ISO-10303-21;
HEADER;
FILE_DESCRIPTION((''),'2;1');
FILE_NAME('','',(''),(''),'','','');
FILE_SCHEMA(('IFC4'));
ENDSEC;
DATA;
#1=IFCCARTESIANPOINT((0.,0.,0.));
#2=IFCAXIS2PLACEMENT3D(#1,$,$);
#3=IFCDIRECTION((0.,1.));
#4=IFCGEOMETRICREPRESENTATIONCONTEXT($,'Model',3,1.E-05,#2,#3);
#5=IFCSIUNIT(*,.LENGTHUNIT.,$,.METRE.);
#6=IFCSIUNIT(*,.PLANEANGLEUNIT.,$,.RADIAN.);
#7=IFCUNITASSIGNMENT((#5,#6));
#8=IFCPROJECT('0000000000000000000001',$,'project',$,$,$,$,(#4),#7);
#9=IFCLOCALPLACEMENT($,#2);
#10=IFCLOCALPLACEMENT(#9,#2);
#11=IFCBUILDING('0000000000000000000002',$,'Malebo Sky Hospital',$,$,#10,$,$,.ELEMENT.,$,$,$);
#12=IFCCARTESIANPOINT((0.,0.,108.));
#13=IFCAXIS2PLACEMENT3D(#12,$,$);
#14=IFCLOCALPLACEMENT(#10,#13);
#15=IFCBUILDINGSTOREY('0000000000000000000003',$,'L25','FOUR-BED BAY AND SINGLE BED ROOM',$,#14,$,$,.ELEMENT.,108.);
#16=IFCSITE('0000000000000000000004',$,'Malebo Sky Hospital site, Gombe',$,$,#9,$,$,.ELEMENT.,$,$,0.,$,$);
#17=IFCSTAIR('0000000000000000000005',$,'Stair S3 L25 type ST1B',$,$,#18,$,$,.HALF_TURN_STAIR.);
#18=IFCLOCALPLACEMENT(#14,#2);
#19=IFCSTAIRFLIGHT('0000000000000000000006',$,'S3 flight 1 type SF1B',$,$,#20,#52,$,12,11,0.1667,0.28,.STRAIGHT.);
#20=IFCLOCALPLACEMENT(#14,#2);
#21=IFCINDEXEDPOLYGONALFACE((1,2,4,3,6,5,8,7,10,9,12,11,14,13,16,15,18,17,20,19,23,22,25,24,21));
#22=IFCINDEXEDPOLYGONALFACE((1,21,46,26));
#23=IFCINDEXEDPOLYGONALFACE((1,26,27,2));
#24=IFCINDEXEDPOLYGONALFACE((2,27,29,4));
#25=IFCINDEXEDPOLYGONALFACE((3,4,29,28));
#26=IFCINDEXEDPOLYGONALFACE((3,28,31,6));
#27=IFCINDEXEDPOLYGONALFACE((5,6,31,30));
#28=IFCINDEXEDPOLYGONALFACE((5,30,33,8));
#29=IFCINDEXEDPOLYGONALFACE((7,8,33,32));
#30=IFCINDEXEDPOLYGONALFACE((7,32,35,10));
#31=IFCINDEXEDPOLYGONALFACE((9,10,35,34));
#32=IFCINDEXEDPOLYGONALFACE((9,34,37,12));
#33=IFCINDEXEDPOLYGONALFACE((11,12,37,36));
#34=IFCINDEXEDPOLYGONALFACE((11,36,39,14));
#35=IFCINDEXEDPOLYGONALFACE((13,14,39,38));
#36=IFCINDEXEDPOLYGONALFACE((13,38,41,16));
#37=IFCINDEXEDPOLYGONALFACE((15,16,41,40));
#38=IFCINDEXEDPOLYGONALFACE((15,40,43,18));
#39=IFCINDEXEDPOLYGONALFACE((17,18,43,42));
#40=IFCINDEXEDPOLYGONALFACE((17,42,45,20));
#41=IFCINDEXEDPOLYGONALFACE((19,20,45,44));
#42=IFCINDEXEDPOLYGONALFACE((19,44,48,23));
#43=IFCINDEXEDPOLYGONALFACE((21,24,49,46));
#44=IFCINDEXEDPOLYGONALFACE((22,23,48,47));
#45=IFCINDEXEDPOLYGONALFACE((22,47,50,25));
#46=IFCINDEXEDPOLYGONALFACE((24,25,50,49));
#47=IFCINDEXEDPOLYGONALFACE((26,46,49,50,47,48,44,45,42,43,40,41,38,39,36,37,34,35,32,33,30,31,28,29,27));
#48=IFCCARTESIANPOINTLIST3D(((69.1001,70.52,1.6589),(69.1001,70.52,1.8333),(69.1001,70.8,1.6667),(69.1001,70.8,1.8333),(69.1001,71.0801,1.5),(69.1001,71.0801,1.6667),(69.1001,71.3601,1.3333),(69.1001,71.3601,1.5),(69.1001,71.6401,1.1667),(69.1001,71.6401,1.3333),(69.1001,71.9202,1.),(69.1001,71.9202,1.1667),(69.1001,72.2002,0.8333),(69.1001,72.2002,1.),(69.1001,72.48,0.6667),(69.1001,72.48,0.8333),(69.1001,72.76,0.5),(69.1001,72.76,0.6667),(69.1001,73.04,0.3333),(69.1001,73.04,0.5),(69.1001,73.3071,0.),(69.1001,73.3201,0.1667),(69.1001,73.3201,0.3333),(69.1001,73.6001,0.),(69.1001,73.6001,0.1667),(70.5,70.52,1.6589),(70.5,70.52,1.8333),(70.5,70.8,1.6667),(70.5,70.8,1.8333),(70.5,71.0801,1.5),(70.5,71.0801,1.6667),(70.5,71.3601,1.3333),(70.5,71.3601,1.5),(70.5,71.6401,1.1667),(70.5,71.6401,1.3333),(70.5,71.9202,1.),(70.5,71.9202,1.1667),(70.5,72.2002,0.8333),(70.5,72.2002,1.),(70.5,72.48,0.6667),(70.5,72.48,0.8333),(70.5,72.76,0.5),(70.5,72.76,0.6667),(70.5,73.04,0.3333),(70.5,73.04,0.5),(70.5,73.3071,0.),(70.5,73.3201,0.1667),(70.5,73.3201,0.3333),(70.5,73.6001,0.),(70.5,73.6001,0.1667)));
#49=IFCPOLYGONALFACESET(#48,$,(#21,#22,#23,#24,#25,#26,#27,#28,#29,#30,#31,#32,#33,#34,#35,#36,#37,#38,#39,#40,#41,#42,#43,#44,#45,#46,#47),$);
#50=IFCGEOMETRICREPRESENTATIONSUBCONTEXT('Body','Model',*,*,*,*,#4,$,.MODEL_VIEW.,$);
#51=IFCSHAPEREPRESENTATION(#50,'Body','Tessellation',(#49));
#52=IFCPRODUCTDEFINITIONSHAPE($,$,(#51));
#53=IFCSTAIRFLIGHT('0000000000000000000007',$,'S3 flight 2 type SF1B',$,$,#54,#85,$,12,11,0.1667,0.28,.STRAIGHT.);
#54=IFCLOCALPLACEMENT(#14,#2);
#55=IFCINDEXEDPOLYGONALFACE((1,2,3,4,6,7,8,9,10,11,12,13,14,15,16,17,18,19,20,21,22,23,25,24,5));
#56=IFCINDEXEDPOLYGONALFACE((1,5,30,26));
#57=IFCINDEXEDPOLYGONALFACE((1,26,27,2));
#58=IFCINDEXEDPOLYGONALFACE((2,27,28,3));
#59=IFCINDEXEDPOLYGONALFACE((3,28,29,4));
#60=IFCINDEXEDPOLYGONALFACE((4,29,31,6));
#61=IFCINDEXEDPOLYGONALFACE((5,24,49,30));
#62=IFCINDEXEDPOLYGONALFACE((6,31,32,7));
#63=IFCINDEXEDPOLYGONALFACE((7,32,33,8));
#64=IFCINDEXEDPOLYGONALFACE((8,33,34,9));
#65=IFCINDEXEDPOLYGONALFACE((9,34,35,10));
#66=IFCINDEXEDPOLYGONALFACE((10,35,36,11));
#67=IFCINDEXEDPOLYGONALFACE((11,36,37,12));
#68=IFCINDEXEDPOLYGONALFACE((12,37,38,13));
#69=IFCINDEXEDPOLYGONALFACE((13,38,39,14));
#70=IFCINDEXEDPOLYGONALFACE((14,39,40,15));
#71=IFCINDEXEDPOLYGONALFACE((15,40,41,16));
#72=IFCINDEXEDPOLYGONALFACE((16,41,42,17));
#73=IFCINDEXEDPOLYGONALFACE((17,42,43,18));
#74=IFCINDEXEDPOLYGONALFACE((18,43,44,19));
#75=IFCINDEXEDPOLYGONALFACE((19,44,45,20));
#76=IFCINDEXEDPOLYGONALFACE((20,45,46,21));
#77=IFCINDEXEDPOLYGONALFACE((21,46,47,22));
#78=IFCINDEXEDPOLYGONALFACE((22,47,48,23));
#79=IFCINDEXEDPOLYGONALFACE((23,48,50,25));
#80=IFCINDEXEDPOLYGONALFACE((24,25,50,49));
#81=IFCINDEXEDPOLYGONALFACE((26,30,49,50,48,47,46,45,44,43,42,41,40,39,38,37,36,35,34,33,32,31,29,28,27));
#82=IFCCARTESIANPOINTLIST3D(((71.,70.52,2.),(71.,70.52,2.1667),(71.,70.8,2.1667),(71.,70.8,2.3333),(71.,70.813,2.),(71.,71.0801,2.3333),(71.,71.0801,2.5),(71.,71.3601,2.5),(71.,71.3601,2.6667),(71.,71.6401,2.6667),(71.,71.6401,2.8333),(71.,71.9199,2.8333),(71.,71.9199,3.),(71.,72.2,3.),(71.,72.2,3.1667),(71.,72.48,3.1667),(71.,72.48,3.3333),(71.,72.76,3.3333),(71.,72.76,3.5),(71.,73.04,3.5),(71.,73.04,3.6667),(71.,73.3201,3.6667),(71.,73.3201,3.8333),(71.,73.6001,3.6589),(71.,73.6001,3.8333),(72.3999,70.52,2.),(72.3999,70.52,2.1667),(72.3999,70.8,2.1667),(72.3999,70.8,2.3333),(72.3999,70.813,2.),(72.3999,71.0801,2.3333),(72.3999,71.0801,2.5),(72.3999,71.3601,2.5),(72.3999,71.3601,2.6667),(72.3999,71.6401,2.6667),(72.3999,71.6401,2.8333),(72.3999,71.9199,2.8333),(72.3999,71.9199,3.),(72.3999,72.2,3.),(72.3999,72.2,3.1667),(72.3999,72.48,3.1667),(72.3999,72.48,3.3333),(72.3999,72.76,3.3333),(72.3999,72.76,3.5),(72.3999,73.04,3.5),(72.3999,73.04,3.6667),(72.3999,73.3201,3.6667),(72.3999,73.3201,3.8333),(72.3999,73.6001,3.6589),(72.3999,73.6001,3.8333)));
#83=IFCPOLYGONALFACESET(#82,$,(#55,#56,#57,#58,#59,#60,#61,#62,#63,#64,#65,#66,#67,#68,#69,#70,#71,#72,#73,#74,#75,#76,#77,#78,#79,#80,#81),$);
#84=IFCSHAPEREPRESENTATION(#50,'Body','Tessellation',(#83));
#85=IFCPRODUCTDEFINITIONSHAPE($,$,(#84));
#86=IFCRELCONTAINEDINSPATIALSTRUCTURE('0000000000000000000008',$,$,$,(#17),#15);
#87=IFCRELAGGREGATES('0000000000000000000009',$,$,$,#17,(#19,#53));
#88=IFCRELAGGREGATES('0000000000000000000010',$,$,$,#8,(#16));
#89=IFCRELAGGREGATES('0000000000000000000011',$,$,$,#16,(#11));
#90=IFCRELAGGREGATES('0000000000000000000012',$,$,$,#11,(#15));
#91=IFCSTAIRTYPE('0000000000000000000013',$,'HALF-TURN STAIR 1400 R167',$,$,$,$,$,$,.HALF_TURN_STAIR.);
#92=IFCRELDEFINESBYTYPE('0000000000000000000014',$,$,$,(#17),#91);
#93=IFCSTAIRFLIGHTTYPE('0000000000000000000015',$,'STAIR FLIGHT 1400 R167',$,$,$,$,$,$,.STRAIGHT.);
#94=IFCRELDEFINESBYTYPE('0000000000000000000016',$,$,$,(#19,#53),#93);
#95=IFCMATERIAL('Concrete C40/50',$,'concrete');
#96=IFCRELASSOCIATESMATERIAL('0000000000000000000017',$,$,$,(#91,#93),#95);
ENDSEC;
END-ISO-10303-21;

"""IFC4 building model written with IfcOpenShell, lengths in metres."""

from ifc_helpers import new_model, si_unit, direction, frame, origin, place, context, subcontext, project, spatial, polyline, outline, extrude, material, type_object, element, aggregate, save


model = new_model("IFC4")

# Units and contexts
model_context = context("Model", 3, precision=1e-05, world=origin(), true_north=direction((0.0, 1.0)))
body_context = subcontext(model_context, "Body", "Model", "MODEL_VIEW")
ifc_project = project(units=[si_unit("LENGTHUNIT", "METRE"), si_unit("PLANEANGLEUNIT", "RADIAN")], contexts=[model_context])

# Site, building, storey
site_placement = place(None, origin())
site = spatial("IfcSite", under=ifc_project, at=site_placement, Name="Malebo Sky Hospital site, Gombe", CompositionType="ELEMENT", RefElevation=0.0)
building_placement = place(site_placement, origin())
building = spatial("IfcBuilding", under=site, at=building_placement, Name="Malebo Sky Hospital", CompositionType="ELEMENT")
storey_placement = place(building_placement, frame((0.0, 0.0, 108.0)))
storey = spatial("IfcBuildingStorey", under=building, at=storey_placement, Name="L25", Description="FOUR-BED BAY AND SINGLE BED ROOM", CompositionType="ELEMENT", Elevation=108.0)

# Shared definitions
ifc_material_1 = material(Name="Concrete C40/50", Category="concrete")

# Stair, stair flights
stair_type = type_object("IfcStairType", Name="HALF-TURN STAIR 1400 R167", PredefinedType="HALF_TURN_STAIR", material=ifc_material_1)
stair_placement = place(storey_placement, origin())
stair = element("IfcStair", 1, at=stair_placement, inside=storey, type_object=stair_type, Name="Stair S3 L25 type ST1B", PredefinedType="HALF_TURN_STAIR")
stair_flight_type = type_object("IfcStairFlightType", Name="STAIR FLIGHT 1400 R167", PredefinedType="STRAIGHT", material=ifc_material_1)
stair_flight_1_placement = place(storey_placement, frame((69.8, 73.6001, 0.0), z_axis=(0.0, 0.0, 1.0), x_axis=(0.0, -1.0, 0.0)))
stair_flight_1 = element("IfcStairFlight", 2, at=stair_flight_1_placement, type_object=stair_flight_type, Name="S3 flight 1 type SF1B", NumberOfRisers=12, NumberOfTreads=11, PredefinedType="STRAIGHT", RiserHeight=0.1667, TreadLength=0.28, context=body_context, shape_type="SweptSolid", body=[
    extrude(outline(polyline([(0.0, 0.0), (0.0, 0.1667), (0.28, 0.1667), (0.28, 0.3333), (0.5601, 0.3333), (0.5601, 0.5), (0.8401, 0.5), (0.8401, 0.6667), (1.1201, 0.6667), (1.1201, 0.8333), (1.3999, 0.8333), (1.3999, 1.0), (1.6799, 1.0), (1.6799, 1.1667), (1.96, 1.1667), (1.96, 1.3333), (2.24, 1.3333), (2.24, 1.5), (2.52, 1.5), (2.52, 1.6667), (2.8, 1.6667), (2.8, 1.8333), (3.0801, 1.8333), (3.0801, 2.0), (3.0801, 1.6589), (0.293, 0.0), (0.0, 0.0)])), frame((0.0, 0.7, 0.0), z_axis=(0.0, -1.0, 0.0), x_axis=(1.0, 0.0, 0.0)), (0.0, 0.0, 1.0), 1.3999),
])
stair_flight_2_placement = place(storey_placement, frame((71.7, 70.52, 2.0), z_axis=(0.0, 0.0, 1.0), x_axis=(0.0, 1.0, 0.0)))
stair_flight_2 = element("IfcStairFlight", 3, at=stair_flight_2_placement, type_object=stair_flight_type, Name="S3 flight 2 type SF1B", NumberOfRisers=12, NumberOfTreads=11, PredefinedType="STRAIGHT", RiserHeight=0.1667, TreadLength=0.28, context=body_context, shape_type="SweptSolid", body=[
    extrude(outline(polyline([(0.0, 0.0), (0.0, 0.1667), (0.28, 0.1667), (0.28, 0.3333), (0.5601, 0.3333), (0.5601, 0.5), (0.8401, 0.5), (0.8401, 0.6667), (1.1201, 0.6667), (1.1201, 0.8333), (1.3999, 0.8333), (1.3999, 1.0), (1.6799, 1.0), (1.6799, 1.1667), (1.96, 1.1667), (1.96, 1.3333), (2.24, 1.3333), (2.24, 1.5), (2.52, 1.5), (2.52, 1.6667), (2.8, 1.6667), (2.8, 1.8333), (3.0801, 1.8333), (3.0801, 2.0), (3.0801, 1.6589), (0.293, 0.0), (0.0, 0.0)])), frame((0.0, 0.7, 0.0), z_axis=(0.0, -1.0, 0.0), x_axis=(1.0, 0.0, 0.0)), (0.0, 0.0, 1.0), 1.3999),
])
aggregate(stair, [stair_flight_1, stair_flight_2])

save(model, "model.ifc")
